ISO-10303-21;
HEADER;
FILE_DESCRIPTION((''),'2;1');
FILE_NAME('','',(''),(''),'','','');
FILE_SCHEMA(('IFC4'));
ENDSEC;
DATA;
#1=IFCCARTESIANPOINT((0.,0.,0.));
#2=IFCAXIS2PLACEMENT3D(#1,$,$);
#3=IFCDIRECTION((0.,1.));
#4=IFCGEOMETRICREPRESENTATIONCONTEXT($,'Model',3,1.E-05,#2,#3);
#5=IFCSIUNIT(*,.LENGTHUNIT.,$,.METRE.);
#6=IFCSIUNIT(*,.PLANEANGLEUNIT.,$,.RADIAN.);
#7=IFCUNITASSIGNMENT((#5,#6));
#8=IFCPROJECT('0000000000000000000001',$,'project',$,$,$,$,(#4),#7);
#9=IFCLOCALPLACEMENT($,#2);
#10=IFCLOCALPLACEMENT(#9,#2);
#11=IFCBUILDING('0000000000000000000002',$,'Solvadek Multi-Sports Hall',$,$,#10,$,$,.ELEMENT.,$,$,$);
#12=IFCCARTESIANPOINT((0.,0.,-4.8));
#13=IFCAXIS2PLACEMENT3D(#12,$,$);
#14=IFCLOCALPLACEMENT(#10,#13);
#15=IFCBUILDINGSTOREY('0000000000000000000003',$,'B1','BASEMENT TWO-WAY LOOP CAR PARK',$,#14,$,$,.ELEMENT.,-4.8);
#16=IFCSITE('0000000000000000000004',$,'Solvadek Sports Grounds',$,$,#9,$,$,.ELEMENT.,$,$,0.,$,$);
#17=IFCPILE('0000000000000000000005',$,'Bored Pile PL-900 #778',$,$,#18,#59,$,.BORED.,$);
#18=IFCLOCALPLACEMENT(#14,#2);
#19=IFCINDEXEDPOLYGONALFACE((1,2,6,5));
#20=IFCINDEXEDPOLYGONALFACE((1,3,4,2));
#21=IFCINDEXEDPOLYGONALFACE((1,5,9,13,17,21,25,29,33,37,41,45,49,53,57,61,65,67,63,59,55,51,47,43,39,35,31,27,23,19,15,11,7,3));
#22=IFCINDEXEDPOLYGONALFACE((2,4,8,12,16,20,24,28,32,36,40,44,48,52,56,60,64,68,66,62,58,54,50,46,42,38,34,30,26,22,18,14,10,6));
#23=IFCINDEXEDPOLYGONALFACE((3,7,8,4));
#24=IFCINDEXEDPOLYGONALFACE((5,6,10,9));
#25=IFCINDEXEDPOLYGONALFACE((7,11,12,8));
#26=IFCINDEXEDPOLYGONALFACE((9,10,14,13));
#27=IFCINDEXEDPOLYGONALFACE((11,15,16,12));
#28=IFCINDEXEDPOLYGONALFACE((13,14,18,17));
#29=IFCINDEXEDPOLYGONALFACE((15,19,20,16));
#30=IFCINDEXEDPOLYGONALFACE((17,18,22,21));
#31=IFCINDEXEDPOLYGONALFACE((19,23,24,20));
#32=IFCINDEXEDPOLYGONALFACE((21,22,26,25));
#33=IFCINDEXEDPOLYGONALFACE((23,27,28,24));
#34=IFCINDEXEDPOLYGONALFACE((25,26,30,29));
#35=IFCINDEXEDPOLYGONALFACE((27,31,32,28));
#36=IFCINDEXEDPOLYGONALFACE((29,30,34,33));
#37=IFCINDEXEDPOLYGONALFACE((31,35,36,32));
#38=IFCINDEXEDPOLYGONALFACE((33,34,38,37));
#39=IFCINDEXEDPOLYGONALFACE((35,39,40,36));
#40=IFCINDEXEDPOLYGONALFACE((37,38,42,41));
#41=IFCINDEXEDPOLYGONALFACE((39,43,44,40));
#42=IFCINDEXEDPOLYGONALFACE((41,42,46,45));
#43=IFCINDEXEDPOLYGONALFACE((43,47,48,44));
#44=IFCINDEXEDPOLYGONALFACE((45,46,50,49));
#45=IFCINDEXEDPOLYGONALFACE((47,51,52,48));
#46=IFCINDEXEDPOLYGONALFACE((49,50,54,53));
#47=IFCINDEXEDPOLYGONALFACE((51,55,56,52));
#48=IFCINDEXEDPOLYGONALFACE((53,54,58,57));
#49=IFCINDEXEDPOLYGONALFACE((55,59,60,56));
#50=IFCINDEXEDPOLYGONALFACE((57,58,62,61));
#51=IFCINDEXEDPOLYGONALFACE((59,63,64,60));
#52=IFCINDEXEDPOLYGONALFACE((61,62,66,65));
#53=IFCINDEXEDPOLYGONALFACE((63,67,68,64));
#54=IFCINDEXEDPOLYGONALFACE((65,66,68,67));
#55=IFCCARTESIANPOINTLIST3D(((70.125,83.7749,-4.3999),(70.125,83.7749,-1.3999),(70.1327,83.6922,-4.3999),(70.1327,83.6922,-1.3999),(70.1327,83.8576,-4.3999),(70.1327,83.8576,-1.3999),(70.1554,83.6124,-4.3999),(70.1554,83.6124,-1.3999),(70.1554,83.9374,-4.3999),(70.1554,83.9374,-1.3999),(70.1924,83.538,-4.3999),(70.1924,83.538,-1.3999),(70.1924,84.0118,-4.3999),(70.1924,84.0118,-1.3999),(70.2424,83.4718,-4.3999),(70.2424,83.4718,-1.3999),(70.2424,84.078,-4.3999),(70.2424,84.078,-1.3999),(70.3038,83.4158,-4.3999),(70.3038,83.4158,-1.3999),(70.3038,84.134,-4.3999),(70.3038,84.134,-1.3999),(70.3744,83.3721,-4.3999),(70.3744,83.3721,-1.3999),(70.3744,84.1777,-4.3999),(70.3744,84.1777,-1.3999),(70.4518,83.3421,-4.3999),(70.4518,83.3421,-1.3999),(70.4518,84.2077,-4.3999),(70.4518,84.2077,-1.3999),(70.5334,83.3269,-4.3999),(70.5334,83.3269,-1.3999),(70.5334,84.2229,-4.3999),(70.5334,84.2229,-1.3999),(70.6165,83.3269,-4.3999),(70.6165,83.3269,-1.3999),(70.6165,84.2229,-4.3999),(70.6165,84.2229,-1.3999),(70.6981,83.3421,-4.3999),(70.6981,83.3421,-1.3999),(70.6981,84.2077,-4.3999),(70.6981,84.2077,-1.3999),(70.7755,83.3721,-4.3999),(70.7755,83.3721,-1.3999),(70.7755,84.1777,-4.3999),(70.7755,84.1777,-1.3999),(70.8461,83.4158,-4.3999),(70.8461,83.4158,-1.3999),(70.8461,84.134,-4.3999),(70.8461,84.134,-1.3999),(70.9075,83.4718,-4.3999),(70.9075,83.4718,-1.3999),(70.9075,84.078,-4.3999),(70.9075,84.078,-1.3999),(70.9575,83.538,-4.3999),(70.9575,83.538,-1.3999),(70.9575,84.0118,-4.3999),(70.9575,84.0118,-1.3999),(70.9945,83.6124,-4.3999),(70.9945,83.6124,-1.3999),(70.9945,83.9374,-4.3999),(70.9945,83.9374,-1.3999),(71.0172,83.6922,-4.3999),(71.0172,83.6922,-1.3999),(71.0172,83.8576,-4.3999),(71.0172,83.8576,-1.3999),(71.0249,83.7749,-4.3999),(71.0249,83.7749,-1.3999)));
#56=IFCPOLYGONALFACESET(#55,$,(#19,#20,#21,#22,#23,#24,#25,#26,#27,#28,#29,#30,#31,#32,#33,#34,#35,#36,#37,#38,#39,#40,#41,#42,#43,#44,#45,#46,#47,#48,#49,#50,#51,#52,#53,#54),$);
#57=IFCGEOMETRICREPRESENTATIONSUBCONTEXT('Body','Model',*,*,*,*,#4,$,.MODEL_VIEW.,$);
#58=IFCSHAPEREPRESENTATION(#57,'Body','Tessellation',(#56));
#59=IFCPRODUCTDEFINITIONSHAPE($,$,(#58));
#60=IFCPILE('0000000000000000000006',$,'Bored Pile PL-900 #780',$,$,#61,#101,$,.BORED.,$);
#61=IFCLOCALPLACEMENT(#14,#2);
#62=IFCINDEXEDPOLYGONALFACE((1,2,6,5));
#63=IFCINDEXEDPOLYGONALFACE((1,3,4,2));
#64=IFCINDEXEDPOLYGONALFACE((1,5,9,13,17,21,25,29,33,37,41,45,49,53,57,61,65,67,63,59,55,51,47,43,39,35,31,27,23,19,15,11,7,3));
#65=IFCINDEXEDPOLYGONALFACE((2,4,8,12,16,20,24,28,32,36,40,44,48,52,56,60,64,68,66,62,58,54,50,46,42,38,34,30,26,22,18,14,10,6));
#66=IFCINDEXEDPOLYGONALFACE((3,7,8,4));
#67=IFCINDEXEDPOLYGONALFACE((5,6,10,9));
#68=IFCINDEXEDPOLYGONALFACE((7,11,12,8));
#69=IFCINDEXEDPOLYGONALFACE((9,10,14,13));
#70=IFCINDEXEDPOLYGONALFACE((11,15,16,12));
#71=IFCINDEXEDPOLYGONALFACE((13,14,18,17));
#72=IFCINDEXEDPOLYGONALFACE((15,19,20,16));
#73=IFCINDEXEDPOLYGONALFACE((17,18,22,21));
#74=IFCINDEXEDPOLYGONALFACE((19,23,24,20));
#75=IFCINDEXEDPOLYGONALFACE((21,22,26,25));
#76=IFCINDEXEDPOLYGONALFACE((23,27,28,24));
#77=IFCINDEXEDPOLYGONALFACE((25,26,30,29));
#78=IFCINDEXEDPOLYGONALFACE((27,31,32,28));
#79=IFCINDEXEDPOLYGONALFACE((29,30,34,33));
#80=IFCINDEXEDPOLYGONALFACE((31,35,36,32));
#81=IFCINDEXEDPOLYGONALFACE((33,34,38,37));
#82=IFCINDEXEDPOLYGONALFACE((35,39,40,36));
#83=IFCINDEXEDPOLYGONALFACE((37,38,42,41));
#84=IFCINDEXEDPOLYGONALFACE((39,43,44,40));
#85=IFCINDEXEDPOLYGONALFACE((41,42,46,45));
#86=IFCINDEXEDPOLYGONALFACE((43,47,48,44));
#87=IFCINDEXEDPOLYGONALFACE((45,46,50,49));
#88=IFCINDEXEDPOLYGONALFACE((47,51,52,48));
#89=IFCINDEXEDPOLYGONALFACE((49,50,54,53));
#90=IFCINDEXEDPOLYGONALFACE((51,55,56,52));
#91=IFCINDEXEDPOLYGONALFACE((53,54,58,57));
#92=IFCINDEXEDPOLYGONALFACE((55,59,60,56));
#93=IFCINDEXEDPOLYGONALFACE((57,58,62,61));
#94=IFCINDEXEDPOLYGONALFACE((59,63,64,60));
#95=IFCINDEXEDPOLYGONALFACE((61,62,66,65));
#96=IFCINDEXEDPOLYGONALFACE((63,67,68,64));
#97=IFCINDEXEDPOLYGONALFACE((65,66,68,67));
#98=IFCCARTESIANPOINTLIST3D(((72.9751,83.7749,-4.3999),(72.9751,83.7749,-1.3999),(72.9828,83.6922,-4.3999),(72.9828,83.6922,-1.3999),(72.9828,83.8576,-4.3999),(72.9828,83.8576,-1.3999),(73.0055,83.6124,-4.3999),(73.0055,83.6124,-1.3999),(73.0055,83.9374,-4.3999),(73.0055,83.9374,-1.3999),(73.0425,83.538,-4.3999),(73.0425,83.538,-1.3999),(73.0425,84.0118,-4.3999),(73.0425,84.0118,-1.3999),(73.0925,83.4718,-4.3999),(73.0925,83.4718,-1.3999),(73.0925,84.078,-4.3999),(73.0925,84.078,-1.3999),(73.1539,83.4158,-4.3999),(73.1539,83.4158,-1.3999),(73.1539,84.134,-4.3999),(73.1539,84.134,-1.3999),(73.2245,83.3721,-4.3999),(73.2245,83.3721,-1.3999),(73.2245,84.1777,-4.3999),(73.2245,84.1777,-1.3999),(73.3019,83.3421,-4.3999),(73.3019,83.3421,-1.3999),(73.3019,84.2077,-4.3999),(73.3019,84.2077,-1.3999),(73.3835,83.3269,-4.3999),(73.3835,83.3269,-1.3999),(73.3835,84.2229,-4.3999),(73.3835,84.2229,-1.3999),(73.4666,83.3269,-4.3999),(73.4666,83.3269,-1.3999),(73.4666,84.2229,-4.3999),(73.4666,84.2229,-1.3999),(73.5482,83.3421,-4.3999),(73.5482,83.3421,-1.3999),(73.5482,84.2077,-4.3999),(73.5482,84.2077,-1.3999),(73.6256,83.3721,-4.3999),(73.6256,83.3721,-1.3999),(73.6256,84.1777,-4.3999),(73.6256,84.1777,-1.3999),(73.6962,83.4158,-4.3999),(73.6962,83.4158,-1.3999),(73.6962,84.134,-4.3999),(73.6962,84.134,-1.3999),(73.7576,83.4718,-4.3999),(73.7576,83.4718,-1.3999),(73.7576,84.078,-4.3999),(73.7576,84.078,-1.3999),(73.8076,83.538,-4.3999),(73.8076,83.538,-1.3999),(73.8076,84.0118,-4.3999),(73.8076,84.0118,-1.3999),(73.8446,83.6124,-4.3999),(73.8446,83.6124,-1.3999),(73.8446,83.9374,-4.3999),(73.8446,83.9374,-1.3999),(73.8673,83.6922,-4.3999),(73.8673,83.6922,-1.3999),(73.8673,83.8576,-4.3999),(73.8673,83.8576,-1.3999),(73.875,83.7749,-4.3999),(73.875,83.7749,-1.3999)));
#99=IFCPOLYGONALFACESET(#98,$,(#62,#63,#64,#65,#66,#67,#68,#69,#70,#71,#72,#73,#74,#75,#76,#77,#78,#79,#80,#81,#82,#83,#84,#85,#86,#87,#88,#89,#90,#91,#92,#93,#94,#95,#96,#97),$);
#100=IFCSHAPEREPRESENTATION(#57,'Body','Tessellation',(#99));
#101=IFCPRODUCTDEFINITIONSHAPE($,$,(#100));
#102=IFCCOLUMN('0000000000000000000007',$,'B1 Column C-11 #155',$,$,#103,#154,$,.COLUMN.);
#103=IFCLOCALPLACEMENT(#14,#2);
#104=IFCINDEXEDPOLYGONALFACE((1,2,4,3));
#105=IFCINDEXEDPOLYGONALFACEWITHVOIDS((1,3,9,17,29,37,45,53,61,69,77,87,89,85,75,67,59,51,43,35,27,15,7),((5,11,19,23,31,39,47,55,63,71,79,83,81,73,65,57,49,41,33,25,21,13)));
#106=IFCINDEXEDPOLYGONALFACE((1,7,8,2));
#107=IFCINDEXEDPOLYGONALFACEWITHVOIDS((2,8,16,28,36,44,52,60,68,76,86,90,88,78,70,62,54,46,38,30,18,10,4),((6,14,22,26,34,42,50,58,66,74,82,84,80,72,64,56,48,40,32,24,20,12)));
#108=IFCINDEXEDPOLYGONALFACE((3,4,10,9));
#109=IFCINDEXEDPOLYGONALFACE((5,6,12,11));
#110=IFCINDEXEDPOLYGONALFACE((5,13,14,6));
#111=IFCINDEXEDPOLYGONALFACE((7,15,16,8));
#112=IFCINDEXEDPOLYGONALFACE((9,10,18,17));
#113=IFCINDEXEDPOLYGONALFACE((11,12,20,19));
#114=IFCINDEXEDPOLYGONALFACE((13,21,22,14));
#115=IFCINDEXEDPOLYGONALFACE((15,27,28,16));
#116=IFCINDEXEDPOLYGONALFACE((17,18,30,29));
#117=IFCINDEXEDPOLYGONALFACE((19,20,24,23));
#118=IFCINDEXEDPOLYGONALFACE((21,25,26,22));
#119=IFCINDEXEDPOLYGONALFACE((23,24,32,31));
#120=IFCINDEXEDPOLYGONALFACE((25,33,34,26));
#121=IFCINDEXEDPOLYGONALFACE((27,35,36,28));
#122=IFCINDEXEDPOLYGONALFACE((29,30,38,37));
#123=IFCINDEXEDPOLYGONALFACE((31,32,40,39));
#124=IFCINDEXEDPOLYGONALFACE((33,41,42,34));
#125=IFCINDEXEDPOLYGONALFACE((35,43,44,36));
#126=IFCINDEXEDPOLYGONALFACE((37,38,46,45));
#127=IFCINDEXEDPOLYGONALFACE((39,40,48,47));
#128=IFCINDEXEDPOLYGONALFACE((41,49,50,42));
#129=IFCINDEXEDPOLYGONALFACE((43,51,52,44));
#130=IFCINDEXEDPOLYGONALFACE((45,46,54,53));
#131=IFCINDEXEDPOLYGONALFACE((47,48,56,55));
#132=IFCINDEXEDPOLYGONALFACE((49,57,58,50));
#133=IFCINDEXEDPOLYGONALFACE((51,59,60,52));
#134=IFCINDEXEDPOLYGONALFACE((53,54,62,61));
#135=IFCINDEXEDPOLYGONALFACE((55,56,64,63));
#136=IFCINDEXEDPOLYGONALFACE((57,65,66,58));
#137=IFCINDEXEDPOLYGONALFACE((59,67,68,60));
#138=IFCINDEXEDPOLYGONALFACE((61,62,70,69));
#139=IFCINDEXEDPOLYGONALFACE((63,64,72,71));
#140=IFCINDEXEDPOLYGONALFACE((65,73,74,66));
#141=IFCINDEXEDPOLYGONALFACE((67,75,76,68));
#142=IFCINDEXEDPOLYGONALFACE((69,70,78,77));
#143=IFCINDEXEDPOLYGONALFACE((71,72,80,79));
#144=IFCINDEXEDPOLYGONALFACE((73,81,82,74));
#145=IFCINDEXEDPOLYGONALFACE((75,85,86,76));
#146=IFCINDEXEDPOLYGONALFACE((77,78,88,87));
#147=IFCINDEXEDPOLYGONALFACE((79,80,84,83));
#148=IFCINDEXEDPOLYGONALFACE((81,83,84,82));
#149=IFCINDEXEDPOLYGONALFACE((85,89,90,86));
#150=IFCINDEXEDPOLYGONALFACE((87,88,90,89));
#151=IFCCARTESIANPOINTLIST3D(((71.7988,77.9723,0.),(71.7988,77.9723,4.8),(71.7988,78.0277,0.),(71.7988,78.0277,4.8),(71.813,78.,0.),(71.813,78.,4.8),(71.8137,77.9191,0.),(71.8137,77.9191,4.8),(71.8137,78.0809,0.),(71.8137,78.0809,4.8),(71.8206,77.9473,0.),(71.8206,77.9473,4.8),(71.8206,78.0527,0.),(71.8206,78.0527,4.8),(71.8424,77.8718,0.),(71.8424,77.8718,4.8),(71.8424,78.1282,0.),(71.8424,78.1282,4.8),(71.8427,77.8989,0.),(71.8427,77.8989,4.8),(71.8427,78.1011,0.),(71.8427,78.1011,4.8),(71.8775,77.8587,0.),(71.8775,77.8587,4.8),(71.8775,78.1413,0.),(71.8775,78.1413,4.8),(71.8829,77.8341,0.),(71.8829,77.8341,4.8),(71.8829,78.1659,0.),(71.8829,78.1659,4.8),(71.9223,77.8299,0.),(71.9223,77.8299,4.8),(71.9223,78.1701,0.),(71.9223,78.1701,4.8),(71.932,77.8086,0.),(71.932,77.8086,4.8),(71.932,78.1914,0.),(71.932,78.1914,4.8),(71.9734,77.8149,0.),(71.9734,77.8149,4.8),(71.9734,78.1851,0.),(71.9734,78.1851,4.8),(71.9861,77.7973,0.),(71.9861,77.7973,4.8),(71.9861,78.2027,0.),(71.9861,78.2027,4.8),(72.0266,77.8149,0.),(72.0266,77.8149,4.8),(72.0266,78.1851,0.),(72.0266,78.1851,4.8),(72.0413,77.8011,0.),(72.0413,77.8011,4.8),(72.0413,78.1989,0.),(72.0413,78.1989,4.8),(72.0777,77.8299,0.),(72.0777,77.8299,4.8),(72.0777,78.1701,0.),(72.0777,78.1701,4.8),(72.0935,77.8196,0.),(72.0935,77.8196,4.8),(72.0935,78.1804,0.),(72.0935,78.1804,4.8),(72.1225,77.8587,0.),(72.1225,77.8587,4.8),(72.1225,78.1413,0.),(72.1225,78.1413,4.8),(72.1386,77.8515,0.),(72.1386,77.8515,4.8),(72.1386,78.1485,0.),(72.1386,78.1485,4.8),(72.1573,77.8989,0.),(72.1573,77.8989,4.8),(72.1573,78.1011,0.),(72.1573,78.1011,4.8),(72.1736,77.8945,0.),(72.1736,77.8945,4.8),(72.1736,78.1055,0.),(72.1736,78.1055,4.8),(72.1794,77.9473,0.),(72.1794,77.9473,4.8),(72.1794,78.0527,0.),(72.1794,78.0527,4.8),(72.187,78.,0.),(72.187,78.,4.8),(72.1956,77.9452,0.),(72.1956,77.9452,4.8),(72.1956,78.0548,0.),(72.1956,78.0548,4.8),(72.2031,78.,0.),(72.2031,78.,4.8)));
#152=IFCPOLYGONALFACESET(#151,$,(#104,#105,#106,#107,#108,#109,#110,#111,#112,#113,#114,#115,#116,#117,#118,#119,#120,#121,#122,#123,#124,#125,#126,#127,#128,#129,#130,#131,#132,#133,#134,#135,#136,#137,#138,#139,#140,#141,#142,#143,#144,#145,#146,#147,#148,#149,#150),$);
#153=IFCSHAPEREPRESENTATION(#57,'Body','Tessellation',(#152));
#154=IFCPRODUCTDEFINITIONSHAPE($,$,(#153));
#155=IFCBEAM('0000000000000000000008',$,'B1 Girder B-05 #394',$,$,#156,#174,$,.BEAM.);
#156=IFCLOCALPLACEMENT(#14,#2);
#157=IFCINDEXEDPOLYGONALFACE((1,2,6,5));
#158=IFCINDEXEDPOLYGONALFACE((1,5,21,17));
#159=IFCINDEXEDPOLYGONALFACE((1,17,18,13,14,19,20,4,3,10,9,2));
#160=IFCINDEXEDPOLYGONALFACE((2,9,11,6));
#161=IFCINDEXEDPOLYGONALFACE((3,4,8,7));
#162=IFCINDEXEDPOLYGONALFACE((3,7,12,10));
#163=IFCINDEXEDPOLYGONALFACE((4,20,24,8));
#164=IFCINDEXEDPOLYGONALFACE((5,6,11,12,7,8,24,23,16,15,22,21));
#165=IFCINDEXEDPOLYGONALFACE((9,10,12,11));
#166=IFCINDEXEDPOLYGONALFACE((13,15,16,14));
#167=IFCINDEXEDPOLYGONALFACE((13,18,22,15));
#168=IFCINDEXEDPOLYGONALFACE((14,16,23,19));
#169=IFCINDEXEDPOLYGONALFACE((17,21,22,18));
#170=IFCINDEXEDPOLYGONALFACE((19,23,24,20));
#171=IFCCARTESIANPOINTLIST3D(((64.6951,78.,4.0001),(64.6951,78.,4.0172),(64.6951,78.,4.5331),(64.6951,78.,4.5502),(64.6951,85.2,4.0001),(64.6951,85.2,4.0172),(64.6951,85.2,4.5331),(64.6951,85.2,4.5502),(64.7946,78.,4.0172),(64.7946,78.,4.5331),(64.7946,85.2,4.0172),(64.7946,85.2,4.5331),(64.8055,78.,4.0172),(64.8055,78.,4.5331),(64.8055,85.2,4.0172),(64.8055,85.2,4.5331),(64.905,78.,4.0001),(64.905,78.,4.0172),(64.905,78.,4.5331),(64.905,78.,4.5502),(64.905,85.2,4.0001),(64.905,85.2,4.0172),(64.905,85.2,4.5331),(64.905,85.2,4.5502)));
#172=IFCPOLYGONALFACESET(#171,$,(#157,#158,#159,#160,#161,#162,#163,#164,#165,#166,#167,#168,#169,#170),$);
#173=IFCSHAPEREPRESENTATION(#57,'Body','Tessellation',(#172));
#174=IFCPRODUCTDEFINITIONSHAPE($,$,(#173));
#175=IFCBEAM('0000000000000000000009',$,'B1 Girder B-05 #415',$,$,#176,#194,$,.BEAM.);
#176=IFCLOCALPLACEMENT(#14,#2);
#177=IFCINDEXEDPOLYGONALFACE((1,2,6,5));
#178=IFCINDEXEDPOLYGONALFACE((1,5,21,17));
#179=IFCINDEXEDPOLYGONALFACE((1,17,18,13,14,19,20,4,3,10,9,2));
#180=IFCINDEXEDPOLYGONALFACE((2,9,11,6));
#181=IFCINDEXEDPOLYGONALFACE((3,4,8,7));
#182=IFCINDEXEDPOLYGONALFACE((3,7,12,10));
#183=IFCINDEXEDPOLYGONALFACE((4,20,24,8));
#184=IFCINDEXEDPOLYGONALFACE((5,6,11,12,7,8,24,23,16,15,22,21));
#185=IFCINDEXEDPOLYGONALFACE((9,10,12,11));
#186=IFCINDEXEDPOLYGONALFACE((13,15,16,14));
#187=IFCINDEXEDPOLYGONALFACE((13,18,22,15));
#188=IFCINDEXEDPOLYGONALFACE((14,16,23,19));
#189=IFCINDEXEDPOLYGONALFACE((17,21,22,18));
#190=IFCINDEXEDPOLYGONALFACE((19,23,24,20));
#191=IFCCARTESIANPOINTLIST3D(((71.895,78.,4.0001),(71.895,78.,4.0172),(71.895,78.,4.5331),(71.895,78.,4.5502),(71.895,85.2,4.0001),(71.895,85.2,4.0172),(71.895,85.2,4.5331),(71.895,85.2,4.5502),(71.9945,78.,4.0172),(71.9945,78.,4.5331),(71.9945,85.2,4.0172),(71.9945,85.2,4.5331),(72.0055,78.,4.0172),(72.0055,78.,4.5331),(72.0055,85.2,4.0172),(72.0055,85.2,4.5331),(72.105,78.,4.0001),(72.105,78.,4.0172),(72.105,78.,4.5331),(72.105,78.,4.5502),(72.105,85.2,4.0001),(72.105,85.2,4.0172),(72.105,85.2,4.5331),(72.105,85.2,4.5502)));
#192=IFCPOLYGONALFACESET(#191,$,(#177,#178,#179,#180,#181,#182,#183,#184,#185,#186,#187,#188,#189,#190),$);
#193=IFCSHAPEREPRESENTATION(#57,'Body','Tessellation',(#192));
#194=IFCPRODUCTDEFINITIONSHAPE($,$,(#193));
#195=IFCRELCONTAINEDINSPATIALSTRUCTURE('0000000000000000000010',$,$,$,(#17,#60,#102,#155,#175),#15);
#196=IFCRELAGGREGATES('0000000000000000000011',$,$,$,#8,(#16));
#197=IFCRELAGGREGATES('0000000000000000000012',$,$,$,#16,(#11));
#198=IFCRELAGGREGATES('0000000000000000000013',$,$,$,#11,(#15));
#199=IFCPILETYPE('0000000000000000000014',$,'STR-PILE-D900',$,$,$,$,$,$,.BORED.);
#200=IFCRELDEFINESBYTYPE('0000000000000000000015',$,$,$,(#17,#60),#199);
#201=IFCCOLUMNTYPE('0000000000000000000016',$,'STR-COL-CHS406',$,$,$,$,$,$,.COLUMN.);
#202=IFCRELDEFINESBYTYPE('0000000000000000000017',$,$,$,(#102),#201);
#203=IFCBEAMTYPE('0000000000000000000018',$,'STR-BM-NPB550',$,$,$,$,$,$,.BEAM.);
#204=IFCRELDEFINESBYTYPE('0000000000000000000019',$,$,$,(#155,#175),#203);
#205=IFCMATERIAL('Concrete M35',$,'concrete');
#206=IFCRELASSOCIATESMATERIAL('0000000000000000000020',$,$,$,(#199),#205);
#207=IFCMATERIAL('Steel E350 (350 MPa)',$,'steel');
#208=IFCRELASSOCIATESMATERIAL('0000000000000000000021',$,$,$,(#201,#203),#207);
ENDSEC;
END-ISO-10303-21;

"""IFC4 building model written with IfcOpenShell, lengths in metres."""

from ifc_helpers import new_model, si_unit, direction, frame, origin, origin_2d, place, context, subcontext, project, spatial, circle, hollow_circle, i_section, extrude, material, material_profile, profile_set, type_object, element, save


model = new_model("IFC4")

# Units and contexts
model_context = context("Model", 3, precision=1e-05, world=origin(), true_north=direction((0.0, 1.0)))
body_context = subcontext(model_context, "Body", "Model", "MODEL_VIEW")
ifc_project = project(units=[si_unit("LENGTHUNIT", "METRE"), si_unit("PLANEANGLEUNIT", "RADIAN")], contexts=[model_context])

# Site, building, storey
site_placement = place(None, origin())
site = spatial("IfcSite", under=ifc_project, at=site_placement, Name="Solvadek Sports Grounds", CompositionType="ELEMENT", RefElevation=0.0)
building_placement = place(site_placement, origin())
building = spatial("IfcBuilding", under=site, at=building_placement, Name="Solvadek Multi-Sports Hall", CompositionType="ELEMENT")
storey_placement = place(building_placement, frame((0.0, 0.0, -4.8)))
storey = spatial("IfcBuildingStorey", under=building, at=storey_placement, Name="B1", Description="BASEMENT TWO-WAY LOOP CAR PARK", CompositionType="ELEMENT", Elevation=-4.8)

# Piles
ifc_material_1 = material(Name="Concrete M35", Category="concrete")
ifc_material_profile_1 = material_profile(ifc_material_1, circle(Radius=0.45, at=origin_2d()), Name="BORED PILE D900")
ifc_profile_set_1 = profile_set([ifc_material_profile_1], Name="Concrete M35")
pile_type_1 = type_object("IfcPileType", Name="STR-PILE-D900", PredefinedType="BORED", material=ifc_profile_set_1)
for number, where, z_axis, x_axis, name in (
    (1, (70.575, 83.7749, -1.3999), (0.0, 0.0, -1.0), (1.0, 0.0, 0.0), "Bored Pile PL-900 #778"),
    (2, (73.425, 83.7749, -1.3999), (0.0, 0.0, -1.0), (1.0, 0.0, 0.0), "Bored Pile PL-900 #780"),
):
    element("IfcPile", number, at=place(storey_placement, frame(where, z_axis=z_axis, x_axis=x_axis)), inside=storey, type_object=pile_type_1, Name=name, PredefinedType="BORED", context=body_context, shape_type="SweptSolid", body=[
        extrude(circle(Radius=0.45, at=origin_2d()), origin(), (0.0, 0.0, 1.0), 3.0),
    ])

# Column
ifc_material_2 = material(Name="Steel E350 (350 MPa)", Category="steel")
ifc_material_profile_2 = material_profile(ifc_material_2, hollow_circle(Radius=0.2031, WallThickness=0.0161, at=origin_2d()), Name="CHS 406.4x16")
ifc_profile_set_2 = profile_set([ifc_material_profile_2], Name="Steel E350 (350 MPa)")
column_type = type_object("IfcColumnType", Name="STR-COL-CHS406", PredefinedType="COLUMN", material=ifc_profile_set_2)
column_placement = place(storey_placement, frame((72.0, 78.0, 0.0), z_axis=(0.0, 0.0, 1.0), x_axis=(1.0, 0.0, 0.0)))
element("IfcColumn", 3, at=column_placement, inside=storey, type_object=column_type, Name="B1 Column C-11 #155", PredefinedType="COLUMN", context=body_context, shape_type="SweptSolid", body=[
    extrude(hollow_circle(Radius=0.2031, WallThickness=0.0161, at=origin_2d()), origin(), (0.0, 0.0, 1.0), 4.8),
])

# Beams
ifc_material_profile_3 = material_profile(ifc_material_2, i_section(OverallWidth=0.21, OverallDepth=0.55, WebThickness=0.011, FlangeThickness=0.0171, at=origin_2d()), Name="NPB 550")
ifc_profile_set_3 = profile_set([ifc_material_profile_3], Name="Steel E350 (350 MPa)")
beam_type_1 = type_object("IfcBeamType", Name="STR-BM-NPB550", PredefinedType="BEAM", material=ifc_profile_set_3)
for number, where, z_axis, x_axis, name in (
    (4, (64.8, 78.0, 4.2751), (0.0, 1.0, 0.0), (-1.0, 0.0, 0.0), "B1 Girder B-05 #394"),
    (5, (72.0, 78.0, 4.2751), (0.0, 1.0, 0.0), (-1.0, 0.0, 0.0), "B1 Girder B-05 #415"),
):
    element("IfcBeam", number, at=place(storey_placement, frame(where, z_axis=z_axis, x_axis=x_axis)), inside=storey, type_object=beam_type_1, Name=name, PredefinedType="BEAM", context=body_context, shape_type="SweptSolid", body=[
        extrude(i_section(OverallWidth=0.21, OverallDepth=0.55, WebThickness=0.011, FlangeThickness=0.0171, at=origin_2d()), origin(), (0.0, 0.0, 1.0), 7.2),
    ])

save(model, "model.ifc")
